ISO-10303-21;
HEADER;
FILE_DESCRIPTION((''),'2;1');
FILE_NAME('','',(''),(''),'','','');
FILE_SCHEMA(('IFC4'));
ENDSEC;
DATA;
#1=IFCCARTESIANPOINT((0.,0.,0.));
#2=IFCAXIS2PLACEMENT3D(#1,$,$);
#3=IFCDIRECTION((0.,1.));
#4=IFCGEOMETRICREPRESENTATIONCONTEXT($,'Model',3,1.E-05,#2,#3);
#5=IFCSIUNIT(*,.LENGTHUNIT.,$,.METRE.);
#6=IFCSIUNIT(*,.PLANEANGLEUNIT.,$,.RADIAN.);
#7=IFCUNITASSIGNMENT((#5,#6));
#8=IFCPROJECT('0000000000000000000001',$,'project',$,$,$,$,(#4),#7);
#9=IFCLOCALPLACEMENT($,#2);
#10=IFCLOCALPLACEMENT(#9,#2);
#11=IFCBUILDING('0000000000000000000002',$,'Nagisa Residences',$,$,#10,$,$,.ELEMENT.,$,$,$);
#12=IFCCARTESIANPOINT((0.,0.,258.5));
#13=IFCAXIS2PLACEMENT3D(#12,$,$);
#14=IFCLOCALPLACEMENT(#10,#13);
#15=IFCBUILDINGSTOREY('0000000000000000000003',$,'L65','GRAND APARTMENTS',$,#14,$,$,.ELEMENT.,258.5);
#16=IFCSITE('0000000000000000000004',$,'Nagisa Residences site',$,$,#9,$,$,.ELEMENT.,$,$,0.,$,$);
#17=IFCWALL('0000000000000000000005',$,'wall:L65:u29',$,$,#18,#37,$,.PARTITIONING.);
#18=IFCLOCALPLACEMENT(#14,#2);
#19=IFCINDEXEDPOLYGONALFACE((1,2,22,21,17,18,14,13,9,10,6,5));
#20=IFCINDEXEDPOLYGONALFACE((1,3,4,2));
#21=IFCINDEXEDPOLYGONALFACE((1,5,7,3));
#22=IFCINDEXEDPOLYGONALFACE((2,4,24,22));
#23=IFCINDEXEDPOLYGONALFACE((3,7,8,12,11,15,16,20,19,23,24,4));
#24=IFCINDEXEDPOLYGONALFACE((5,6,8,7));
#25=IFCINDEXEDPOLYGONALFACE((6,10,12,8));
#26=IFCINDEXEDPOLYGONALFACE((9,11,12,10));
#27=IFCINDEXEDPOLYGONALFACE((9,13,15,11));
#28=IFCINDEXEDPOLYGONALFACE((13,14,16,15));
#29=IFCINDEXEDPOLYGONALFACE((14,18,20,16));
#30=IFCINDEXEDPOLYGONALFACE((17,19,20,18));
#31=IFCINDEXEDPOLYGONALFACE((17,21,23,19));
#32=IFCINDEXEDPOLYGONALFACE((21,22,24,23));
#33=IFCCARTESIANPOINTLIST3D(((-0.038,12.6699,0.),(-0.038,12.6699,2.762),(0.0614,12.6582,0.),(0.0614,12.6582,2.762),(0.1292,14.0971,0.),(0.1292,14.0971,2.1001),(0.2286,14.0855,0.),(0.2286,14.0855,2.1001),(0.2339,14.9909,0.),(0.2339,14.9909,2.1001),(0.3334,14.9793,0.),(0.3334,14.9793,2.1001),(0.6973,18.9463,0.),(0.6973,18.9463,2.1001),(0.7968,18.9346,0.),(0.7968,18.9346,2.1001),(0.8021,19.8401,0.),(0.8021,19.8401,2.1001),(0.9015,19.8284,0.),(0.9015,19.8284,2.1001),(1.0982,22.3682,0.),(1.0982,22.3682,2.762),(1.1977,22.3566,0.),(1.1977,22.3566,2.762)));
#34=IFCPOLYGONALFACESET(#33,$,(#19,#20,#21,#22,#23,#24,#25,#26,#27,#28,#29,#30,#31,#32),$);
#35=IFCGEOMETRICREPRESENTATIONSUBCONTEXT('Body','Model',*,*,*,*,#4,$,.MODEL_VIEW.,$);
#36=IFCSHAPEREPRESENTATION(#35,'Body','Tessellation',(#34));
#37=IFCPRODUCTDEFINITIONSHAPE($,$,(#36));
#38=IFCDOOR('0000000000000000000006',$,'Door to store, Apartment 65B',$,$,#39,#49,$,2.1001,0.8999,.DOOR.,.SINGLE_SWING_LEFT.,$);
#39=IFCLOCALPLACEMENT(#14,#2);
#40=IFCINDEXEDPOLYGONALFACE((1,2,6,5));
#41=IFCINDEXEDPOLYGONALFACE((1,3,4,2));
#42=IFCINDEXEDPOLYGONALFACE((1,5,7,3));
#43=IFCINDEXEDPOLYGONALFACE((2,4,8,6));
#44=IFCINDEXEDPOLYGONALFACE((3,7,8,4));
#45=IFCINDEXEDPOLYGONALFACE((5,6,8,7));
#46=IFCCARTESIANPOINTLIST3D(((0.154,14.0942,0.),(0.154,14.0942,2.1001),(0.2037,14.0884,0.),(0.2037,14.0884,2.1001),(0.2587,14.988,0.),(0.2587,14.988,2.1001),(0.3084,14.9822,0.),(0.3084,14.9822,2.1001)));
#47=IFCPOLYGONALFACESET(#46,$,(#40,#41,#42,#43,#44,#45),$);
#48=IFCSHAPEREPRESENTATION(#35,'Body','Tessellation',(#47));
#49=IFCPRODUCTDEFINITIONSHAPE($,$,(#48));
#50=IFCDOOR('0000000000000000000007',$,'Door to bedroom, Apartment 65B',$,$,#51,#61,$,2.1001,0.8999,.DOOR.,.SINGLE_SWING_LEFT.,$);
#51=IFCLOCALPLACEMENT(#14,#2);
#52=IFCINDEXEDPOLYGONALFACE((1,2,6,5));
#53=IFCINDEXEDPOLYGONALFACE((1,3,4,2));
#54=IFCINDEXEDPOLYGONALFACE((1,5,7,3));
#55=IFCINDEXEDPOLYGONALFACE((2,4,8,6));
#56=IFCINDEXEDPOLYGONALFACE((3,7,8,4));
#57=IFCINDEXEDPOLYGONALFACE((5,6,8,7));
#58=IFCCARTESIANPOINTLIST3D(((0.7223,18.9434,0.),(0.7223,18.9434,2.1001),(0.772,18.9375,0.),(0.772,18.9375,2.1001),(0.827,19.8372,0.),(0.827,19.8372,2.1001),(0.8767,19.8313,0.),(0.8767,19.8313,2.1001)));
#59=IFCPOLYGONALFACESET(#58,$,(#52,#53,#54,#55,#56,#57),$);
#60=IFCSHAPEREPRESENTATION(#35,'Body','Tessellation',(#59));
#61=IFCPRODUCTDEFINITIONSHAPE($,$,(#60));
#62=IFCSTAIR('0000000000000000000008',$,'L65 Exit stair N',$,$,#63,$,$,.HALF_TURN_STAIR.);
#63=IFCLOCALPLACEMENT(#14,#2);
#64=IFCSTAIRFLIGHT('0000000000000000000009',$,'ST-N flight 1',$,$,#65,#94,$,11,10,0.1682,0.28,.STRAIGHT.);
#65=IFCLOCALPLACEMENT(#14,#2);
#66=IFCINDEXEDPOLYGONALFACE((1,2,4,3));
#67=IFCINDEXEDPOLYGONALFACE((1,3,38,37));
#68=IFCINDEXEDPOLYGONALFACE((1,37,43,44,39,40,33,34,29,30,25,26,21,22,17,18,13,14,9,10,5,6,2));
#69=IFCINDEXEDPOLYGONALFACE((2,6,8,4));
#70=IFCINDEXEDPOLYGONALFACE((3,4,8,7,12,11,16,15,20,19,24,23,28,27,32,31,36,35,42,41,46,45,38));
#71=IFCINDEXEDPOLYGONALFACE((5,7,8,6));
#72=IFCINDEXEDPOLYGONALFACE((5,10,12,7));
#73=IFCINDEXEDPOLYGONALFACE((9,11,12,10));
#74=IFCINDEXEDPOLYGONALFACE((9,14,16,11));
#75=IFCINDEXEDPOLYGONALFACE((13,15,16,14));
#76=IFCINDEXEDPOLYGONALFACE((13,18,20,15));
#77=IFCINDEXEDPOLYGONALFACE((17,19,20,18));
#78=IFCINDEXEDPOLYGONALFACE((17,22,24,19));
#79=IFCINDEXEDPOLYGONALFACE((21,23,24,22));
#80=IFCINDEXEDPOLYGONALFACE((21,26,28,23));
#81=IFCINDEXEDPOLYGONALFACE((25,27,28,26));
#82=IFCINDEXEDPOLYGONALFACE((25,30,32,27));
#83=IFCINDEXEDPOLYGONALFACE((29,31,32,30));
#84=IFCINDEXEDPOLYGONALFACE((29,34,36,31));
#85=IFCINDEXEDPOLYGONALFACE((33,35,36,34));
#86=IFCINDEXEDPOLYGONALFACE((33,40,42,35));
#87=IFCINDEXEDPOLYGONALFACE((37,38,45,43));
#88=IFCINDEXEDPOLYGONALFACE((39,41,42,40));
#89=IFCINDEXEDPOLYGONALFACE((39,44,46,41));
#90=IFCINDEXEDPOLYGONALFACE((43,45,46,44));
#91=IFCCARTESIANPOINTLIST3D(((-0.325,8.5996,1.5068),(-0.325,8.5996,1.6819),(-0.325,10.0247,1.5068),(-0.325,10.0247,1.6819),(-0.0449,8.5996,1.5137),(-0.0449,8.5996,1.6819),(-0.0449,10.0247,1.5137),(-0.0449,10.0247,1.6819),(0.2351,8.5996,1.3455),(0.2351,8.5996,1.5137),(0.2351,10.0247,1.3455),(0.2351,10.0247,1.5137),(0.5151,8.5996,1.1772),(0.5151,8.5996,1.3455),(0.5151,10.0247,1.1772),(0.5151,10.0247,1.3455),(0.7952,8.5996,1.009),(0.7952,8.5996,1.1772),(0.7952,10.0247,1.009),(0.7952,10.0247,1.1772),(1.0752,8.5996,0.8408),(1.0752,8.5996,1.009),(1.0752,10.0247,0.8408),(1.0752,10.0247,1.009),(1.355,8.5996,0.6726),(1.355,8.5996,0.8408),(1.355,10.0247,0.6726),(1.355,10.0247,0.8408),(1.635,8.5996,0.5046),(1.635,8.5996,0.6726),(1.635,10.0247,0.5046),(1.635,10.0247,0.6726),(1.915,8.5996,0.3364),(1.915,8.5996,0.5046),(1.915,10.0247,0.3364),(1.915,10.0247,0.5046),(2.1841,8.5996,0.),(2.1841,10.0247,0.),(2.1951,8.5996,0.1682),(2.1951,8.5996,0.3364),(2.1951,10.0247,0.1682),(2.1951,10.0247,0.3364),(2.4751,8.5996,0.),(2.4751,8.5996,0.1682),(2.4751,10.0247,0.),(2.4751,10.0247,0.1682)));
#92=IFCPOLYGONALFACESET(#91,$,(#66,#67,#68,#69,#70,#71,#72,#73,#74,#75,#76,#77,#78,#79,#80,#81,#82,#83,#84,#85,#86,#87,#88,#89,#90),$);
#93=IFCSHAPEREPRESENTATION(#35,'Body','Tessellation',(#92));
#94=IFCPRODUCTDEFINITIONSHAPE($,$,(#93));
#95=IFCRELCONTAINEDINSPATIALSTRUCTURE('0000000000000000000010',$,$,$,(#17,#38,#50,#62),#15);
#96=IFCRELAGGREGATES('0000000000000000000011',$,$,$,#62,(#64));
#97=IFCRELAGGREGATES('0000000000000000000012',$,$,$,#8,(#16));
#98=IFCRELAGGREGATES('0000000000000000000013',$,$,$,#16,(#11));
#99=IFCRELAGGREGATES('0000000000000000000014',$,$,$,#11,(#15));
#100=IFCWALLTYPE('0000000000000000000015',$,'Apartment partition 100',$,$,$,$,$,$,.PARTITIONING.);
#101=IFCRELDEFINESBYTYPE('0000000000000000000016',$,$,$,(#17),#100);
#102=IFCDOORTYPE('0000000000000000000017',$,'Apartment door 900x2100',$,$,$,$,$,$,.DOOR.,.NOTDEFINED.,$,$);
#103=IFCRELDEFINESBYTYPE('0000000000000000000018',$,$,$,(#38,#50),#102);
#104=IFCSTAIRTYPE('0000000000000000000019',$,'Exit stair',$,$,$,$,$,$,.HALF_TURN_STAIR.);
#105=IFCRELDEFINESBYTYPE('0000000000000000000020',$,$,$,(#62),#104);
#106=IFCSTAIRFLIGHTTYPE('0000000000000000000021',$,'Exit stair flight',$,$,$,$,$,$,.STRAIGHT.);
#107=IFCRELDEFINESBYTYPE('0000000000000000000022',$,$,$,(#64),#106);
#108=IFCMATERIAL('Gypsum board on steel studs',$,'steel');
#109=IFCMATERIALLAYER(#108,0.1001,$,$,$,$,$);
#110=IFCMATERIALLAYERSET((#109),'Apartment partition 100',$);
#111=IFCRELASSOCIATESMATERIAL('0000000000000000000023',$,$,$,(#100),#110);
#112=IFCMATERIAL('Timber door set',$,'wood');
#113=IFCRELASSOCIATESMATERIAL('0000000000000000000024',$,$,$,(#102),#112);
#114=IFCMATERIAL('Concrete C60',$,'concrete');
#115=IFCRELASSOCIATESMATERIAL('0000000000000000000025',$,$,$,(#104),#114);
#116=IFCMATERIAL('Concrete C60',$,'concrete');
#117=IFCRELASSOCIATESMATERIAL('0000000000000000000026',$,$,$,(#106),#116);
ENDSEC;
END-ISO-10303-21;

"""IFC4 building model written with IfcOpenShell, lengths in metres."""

from ifc_helpers import new_model, si_unit, direction, frame, frame_2d, origin, place, context, subcontext, project, spatial, polyline, rectangle, outline, extrude, material, layer, layer_set, type_object, element, fill, aggregate, save


model = new_model("IFC4")

# Units and contexts
model_context = context("Model", 3, precision=1e-05, world=origin(), true_north=direction((0.0, 1.0)))
body_context = subcontext(model_context, "Body", "Model", "MODEL_VIEW")
ifc_project = project(units=[si_unit("LENGTHUNIT", "METRE"), si_unit("PLANEANGLEUNIT", "RADIAN")], contexts=[model_context])

# Site, building, storey
site_placement = place(None, origin())
site = spatial("IfcSite", under=ifc_project, at=site_placement, Name="Nagisa Residences site", CompositionType="ELEMENT", RefElevation=0.0)
building_placement = place(site_placement, origin())
building = spatial("IfcBuilding", under=site, at=building_placement, Name="Nagisa Residences", CompositionType="ELEMENT")
storey_placement = place(building_placement, frame((0.0, 0.0, 258.5)))
storey = spatial("IfcBuildingStorey", under=building, at=storey_placement, Name="L65", Description="GRAND APARTMENTS", CompositionType="ELEMENT", Elevation=258.5)

# Shared definitions
ifc_material_1 = material(Name="Gypsum board on steel studs", Category="steel")
ifc_layer_1 = layer(ifc_material_1, 0.1001)
ifc_layer_set_1 = layer_set([ifc_layer_1], Name="Apartment partition 100")
wall_type_1 = type_object("IfcWallType", Name="Apartment partition 100", PredefinedType="PARTITIONING", material=ifc_layer_set_1)
ifc_material_2 = material(Name="Timber door set", Category="wood")
door_type_1 = type_object("IfcDoorType", Name="Apartment door 900x2100", OperationType="NOTDEFINED", PredefinedType="DOOR", material=ifc_material_2)

# Wall, openings, doors
wall_1_placement = place(storey_placement, frame((0.0117, 12.6641, 0.0), z_axis=(0.0, 0.0, 1.0), x_axis=(0.116363, 0.993207, 0.0)))
wall_1 = element("IfcWall", 1, at=wall_1_placement, inside=storey, type_object=wall_type_1, Name="wall:L65:u29", PredefinedType="PARTITIONING", context=body_context, shape_type="SweptSolid", body=[
    extrude(rectangle(XDim=9.7646, YDim=0.1001, at=frame_2d((4.8823, 0.0))), origin(), (0.0, 0.0, 1.0), 2.762),
])
opening_1_placement = place(wall_1_placement, frame((1.437, 0.0, 0.0)))
opening_1 = element("IfcOpeningElement", 2, at=opening_1_placement, cuts=wall_1, PredefinedType="OPENING", context=body_context, shape_type="SweptSolid", body=[
    extrude(rectangle(XDim=0.8999, YDim=2.1001, at=frame_2d((0.45, 1.05))), frame((0.0, 0.0601, 0.0), z_axis=(0.0, -1.0, 0.0), x_axis=(1.0, 0.0, 0.0)), (0.0, 0.0, 1.0), 0.1201),
])
opening_2_placement = place(wall_1_placement, frame((6.3193, 0.0, 0.0)))
opening_2 = element("IfcOpeningElement", 3, at=opening_2_placement, cuts=wall_1, PredefinedType="OPENING", context=body_context, shape_type="SweptSolid", body=[
    extrude(rectangle(XDim=0.8999, YDim=2.1001, at=frame_2d((0.45, 1.05))), frame((0.0, 0.0601, 0.0), z_axis=(0.0, -1.0, 0.0), x_axis=(1.0, 0.0, 0.0)), (0.0, 0.0, 1.0), 0.1201),
])
door_1_placement = place(opening_1_placement, frame((0.8999, 0.0, 0.0), x_axis=(-1.0, 0.0, 0.0)))
door_1 = element("IfcDoor", 4, at=door_1_placement, inside=storey, type_object=door_type_1, Name="Door to store, Apartment 65B", OperationType="SINGLE_SWING_LEFT", OverallHeight=2.1001, OverallWidth=0.8999, PredefinedType="DOOR", context=body_context, shape_type="SweptSolid", body=[
    extrude(rectangle(XDim=0.8999, YDim=2.1001, at=frame_2d((0.45, 1.05))), frame((0.0, 0.0249, 0.0), z_axis=(0.0, -1.0, 0.0), x_axis=(1.0, 0.0, 0.0)), (0.0, 0.0, 1.0), 0.05),
])
fill(opening_1, door_1)
door_2_placement = place(opening_2_placement, origin())
door_2 = element("IfcDoor", 5, at=door_2_placement, inside=storey, type_object=door_type_1, Name="Door to bedroom, Apartment 65B", OperationType="SINGLE_SWING_LEFT", OverallHeight=2.1001, OverallWidth=0.8999, PredefinedType="DOOR", context=body_context, shape_type="SweptSolid", body=[
    extrude(rectangle(XDim=0.8999, YDim=2.1001, at=frame_2d((0.45, 1.05))), frame((0.0, 0.0249, 0.0), z_axis=(0.0, -1.0, 0.0), x_axis=(1.0, 0.0, 0.0)), (0.0, 0.0, 1.0), 0.05),
])
fill(opening_2, door_2)

# Stair, stair flight
ifc_material_3 = material(Name="Concrete C60", Category="concrete")
stair_type = type_object("IfcStairType", Name="Exit stair", PredefinedType="HALF_TURN_STAIR", material=ifc_material_3)
stair_placement = place(storey_placement, origin())
stair = element("IfcStair", 6, at=stair_placement, inside=storey, type_object=stair_type, Name="L65 Exit stair N", PredefinedType="HALF_TURN_STAIR")
ifc_material_4 = material(Name="Concrete C60", Category="concrete")
stair_flight_type = type_object("IfcStairFlightType", Name="Exit stair flight", PredefinedType="STRAIGHT", material=ifc_material_4)
stair_flight_placement = place(storey_placement, frame((2.4751, 9.312, 0.0), z_axis=(0.0, 0.0, 1.0), x_axis=(-1.0, 0.0, 0.0)))
stair_flight = element("IfcStairFlight", 7, at=stair_flight_placement, type_object=stair_flight_type, Name="ST-N flight 1", NumberOfRisers=11, NumberOfTreads=10, PredefinedType="STRAIGHT", RiserHeight=0.1682, TreadLength=0.28, context=body_context, shape_type="SweptSolid", body=[
    extrude(outline(polyline([(0.0, 0.0), (0.0, 0.1682), (0.28, 0.1682), (0.28, 0.3364), (0.5601, 0.3364), (0.5601, 0.5046), (0.8401, 0.5046), (0.8401, 0.6726), (1.1201, 0.6726), (1.1201, 0.8408), (1.3999, 0.8408), (1.3999, 1.009), (1.6799, 1.009), (1.6799, 1.1772), (1.96, 1.1772), (1.96, 1.3455), (2.24, 1.3455), (2.24, 1.5137), (2.52, 1.5137), (2.52, 1.6819), (2.8, 1.6819), (2.8, 1.8501), (2.8, 1.5068), (0.291, 0.0), (0.0, 0.0)])), frame((0.0, 0.7124, 0.0), z_axis=(0.0, -1.0, 0.0), x_axis=(1.0, 0.0, 0.0)), (0.0, 0.0, 1.0), 1.425),
])
aggregate(stair, [stair_flight])

save(model, "model.ifc")
